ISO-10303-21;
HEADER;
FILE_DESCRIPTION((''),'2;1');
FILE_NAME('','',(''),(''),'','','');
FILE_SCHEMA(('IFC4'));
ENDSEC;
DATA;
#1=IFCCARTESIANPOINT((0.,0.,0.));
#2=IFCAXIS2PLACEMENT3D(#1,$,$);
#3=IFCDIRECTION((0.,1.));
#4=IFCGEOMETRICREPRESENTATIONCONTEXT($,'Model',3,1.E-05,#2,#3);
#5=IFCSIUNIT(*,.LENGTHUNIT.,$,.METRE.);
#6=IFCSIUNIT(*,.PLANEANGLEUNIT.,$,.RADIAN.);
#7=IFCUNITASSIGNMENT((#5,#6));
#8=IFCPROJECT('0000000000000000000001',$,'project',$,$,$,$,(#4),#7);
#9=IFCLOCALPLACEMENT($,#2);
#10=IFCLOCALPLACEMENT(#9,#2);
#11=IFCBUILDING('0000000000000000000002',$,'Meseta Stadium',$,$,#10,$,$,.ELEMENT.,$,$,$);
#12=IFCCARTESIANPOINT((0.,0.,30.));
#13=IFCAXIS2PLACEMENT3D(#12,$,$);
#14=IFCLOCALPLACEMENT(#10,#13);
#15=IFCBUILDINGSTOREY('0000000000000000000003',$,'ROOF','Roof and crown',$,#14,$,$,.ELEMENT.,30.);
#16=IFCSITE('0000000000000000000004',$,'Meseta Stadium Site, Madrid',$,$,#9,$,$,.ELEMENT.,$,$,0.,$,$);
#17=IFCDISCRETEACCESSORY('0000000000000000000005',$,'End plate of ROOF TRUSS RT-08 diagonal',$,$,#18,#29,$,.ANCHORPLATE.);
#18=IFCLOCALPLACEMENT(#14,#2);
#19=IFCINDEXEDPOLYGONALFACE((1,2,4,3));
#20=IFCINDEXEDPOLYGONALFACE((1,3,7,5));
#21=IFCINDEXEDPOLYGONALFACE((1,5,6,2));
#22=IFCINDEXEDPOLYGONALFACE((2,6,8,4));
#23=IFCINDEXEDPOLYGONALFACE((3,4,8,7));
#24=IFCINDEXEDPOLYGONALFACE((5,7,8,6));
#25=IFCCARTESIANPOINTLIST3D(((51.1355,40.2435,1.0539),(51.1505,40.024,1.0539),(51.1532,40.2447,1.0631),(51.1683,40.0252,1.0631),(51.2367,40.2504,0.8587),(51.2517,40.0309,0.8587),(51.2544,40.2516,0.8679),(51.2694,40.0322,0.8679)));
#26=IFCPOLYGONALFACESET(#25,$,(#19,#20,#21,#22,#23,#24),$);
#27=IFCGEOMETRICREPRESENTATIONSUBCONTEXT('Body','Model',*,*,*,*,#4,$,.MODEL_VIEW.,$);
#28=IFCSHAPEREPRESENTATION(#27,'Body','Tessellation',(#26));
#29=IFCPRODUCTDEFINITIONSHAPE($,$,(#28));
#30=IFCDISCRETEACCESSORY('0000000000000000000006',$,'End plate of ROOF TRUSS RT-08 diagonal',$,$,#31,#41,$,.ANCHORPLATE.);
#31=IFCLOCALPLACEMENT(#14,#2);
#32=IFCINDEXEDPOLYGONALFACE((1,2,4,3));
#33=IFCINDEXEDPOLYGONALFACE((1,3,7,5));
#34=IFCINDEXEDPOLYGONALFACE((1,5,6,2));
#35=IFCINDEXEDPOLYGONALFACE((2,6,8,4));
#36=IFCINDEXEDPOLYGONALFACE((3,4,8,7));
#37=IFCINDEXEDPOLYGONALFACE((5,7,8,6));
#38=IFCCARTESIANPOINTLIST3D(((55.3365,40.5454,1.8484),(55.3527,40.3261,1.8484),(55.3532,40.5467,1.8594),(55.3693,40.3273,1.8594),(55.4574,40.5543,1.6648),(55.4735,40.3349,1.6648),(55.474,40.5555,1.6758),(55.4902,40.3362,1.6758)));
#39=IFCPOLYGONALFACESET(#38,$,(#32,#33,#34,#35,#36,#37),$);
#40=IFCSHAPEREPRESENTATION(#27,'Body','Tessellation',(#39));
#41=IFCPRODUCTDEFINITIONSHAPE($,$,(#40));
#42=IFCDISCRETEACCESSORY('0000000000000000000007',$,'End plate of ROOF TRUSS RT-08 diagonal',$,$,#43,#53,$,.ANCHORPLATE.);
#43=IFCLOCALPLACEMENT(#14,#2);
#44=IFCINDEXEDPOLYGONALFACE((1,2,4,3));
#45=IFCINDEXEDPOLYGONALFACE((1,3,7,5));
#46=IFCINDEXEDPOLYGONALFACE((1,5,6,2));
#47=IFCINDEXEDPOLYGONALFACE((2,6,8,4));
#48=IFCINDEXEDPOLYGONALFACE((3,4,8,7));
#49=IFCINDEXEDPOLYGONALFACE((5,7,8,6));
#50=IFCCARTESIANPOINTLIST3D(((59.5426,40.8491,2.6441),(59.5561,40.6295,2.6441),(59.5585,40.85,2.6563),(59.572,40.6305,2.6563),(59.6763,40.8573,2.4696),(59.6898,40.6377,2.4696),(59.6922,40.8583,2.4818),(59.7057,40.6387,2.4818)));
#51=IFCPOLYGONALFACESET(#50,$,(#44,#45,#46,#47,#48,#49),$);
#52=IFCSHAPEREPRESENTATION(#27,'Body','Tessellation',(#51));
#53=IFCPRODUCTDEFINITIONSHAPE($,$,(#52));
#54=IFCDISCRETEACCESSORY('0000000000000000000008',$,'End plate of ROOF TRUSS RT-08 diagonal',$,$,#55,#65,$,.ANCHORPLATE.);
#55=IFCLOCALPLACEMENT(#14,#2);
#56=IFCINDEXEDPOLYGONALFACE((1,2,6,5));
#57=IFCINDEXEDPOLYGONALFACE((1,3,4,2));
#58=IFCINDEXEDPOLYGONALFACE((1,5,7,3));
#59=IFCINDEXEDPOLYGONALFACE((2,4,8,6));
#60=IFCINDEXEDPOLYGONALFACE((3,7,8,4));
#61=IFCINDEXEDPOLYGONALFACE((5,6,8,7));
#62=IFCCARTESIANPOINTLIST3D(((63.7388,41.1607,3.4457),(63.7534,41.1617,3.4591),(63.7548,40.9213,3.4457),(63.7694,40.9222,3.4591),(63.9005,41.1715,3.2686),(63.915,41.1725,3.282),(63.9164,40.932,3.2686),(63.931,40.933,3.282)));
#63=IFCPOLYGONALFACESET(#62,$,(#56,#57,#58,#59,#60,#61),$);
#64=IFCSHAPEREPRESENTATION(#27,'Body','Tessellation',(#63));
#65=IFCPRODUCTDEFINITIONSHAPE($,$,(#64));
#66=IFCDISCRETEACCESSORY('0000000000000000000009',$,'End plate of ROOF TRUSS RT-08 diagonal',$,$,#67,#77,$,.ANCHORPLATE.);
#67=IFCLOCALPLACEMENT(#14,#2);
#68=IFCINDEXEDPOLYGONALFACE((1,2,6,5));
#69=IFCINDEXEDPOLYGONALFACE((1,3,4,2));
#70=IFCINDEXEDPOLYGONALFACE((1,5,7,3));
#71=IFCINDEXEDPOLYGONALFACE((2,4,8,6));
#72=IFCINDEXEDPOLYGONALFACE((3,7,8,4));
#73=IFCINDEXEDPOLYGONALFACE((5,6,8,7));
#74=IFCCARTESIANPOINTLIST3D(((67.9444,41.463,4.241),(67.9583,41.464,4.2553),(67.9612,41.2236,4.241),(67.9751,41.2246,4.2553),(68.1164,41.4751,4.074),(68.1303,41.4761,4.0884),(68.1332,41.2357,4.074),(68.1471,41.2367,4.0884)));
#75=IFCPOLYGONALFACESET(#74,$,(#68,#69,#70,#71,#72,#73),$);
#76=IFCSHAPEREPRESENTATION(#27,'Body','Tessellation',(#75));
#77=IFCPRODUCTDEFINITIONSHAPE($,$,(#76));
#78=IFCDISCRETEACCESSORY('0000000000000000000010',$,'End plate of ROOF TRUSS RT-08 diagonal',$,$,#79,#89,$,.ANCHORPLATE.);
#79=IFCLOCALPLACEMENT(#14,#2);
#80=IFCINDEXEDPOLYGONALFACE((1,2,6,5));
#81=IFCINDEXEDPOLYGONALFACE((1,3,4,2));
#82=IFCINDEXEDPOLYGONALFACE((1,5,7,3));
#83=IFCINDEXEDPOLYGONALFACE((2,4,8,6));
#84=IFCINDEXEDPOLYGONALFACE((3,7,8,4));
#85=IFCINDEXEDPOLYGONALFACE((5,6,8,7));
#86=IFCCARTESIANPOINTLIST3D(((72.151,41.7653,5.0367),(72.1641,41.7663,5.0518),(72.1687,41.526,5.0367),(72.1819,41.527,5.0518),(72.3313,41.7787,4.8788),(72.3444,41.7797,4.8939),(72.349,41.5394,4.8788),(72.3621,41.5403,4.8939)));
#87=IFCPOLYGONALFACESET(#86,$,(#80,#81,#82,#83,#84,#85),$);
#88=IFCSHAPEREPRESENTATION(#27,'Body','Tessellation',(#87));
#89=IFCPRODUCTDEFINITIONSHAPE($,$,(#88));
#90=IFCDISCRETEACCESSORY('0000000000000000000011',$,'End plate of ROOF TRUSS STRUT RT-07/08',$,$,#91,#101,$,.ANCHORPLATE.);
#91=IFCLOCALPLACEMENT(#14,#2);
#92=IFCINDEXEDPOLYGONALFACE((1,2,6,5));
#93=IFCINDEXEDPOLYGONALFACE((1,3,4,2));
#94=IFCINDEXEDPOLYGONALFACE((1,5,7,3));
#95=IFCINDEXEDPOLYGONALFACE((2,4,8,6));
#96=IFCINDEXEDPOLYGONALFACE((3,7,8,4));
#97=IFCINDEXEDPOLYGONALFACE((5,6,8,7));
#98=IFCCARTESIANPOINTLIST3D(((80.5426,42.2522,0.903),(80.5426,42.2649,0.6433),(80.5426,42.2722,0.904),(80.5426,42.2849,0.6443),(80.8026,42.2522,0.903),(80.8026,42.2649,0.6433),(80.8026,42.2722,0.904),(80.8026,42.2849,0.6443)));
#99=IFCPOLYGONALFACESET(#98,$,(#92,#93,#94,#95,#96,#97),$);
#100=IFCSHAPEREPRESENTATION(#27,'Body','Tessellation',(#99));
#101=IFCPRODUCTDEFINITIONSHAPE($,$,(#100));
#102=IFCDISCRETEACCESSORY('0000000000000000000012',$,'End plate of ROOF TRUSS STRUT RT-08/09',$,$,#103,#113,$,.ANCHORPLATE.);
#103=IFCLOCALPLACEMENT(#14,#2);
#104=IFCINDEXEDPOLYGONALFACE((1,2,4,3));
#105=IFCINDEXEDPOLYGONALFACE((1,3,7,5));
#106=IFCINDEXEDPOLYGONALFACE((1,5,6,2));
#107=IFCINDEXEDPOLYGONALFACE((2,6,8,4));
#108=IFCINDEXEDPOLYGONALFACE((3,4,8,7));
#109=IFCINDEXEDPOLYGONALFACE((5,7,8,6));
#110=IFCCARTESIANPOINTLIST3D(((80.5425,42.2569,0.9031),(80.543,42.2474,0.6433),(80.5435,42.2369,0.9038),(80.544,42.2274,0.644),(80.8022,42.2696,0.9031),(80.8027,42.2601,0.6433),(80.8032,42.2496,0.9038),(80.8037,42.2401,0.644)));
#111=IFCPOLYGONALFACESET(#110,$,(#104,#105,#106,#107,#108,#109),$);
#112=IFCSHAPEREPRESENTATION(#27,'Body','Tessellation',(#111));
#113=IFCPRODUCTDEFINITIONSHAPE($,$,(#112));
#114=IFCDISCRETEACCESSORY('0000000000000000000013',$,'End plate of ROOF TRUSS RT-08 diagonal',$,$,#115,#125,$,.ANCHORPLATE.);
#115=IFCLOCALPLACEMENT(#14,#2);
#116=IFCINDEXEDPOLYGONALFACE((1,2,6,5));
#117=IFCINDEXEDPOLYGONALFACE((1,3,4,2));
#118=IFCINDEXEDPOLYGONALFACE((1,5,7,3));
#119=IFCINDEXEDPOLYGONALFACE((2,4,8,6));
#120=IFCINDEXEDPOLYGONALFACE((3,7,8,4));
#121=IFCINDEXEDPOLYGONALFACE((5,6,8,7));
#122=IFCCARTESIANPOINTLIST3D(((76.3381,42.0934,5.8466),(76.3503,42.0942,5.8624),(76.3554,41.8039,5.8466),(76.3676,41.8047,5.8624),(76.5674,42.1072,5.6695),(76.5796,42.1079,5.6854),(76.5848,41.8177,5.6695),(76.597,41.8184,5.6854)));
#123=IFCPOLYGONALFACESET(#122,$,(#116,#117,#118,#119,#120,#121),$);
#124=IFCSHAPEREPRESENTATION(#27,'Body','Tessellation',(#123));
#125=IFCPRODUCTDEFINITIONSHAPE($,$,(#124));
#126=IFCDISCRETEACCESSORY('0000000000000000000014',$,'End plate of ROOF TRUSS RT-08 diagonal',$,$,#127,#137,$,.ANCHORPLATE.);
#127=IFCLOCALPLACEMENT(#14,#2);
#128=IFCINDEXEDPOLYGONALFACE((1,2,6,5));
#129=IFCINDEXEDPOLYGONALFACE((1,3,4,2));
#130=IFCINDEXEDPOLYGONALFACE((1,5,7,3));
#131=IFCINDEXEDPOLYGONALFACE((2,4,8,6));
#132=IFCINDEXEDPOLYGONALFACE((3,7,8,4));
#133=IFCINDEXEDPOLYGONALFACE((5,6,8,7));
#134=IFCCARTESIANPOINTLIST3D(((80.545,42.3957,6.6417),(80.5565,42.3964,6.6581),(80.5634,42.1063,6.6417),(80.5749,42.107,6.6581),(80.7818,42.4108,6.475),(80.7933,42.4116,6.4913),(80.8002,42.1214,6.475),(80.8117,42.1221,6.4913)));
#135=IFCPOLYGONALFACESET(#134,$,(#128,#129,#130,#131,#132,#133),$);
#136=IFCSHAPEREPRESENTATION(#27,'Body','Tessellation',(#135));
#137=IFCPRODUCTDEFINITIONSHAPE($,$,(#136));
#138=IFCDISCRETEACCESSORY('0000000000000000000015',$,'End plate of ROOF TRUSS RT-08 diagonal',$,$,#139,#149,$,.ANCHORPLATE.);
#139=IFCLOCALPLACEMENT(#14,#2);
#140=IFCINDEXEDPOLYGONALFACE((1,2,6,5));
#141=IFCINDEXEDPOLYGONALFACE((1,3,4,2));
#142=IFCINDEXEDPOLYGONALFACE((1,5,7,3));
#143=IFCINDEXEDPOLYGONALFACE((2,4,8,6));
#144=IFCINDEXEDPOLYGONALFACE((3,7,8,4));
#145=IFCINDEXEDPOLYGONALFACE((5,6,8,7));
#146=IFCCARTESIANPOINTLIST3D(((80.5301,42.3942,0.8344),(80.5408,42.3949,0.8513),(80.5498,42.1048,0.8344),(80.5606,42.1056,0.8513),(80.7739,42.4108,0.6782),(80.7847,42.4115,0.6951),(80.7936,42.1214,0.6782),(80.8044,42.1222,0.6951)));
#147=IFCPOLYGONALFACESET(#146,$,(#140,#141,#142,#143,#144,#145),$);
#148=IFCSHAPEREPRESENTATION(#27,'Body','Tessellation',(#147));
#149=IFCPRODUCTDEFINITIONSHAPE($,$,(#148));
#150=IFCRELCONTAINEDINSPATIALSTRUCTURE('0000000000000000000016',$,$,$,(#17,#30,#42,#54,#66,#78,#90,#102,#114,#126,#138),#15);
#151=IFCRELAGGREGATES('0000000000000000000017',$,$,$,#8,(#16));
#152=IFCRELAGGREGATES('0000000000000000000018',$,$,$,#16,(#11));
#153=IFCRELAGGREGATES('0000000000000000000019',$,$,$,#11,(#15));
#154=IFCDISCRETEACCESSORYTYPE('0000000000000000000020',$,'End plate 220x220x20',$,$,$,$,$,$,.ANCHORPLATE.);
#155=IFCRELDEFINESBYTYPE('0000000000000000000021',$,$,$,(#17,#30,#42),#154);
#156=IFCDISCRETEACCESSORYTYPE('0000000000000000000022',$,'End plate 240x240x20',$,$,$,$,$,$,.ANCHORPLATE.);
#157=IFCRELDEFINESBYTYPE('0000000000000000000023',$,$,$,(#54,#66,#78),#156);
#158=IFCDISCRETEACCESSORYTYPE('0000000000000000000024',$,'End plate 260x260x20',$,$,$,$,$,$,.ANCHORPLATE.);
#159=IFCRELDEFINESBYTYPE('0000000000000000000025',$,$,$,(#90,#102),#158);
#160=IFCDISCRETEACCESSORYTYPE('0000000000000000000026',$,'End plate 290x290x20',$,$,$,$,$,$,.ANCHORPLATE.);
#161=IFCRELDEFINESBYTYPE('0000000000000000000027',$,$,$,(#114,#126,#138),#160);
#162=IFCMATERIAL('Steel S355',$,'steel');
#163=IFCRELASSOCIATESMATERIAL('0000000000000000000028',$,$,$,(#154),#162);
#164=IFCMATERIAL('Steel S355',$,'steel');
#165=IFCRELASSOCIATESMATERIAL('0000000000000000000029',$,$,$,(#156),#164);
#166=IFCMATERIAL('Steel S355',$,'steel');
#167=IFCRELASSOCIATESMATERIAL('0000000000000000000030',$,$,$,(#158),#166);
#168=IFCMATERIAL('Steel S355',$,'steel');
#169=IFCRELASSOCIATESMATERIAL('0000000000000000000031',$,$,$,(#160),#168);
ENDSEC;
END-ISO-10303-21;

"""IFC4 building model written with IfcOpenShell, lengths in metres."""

from ifc_helpers import new_model, si_unit, direction, frame, origin, origin_2d, place, context, subcontext, project, spatial, rectangle, extrude, material, material_profile, profile_set, type_object, element, save


model = new_model("IFC4")

# Units and contexts
model_context = context("Model", 3, precision=1e-05, world=origin(), true_north=direction((0.0, 1.0)))
body_context = subcontext(model_context, "Body", "Model", "MODEL_VIEW")
ifc_project = project(units=[si_unit("LENGTHUNIT", "METRE"), si_unit("PLANEANGLEUNIT", "RADIAN")], contexts=[model_context])

# Site, building, storey
site_placement = place(None, origin())
site = spatial("IfcSite", under=ifc_project, at=site_placement, Name="Meseta Stadium Site, Madrid", CompositionType="ELEMENT", RefElevation=0.0)
building_placement = place(site_placement, origin())
building = spatial("IfcBuilding", under=site, at=building_placement, Name="Meseta Stadium", CompositionType="ELEMENT")
storey_placement = place(building_placement, frame((0.0, 0.0, 30.0)))
storey = spatial("IfcBuildingStorey", under=building, at=storey_placement, Name="ROOF", Description="Roof and crown", CompositionType="ELEMENT", Elevation=30.0)

# Discrete accessories
ifc_material_1 = material(Name="Steel S355", Category="steel")
ifc_material_profile_1 = material_profile(ifc_material_1, rectangle(XDim=0.22, YDim=0.22, at=origin_2d()), Name="PL 220x220")
ifc_profile_set_1 = profile_set([ifc_material_profile_1], Name="Steel S355")
discrete_accessory_type_1 = type_object("IfcDiscreteAccessoryType", Name="End plate 220x220x20", PredefinedType="ANCHORPLATE", material=ifc_profile_set_1)
for number, where, z_axis, x_axis, name in (
    (1, (51.1936, 40.1372, 0.9563), (0.885385, 0.060643, 0.460885), (-0.068333, 0.997663, 0.0), "End plate of ROOF TRUSS RT-08 diagonal"),
    (2, (55.405, 40.4402, 1.7566), (0.832369, 0.061204, 0.550832), (-0.073331, 0.997308, 0.0), "End plate of ROOF TRUSS RT-08 diagonal"),
    (3, (59.6162, 40.7434, 2.5569), (0.791683, 0.048719, 0.608987), (-0.061422, 0.998112, 0.0), "End plate of ROOF TRUSS RT-08 diagonal"),
):
    element("IfcDiscreteAccessory", number, at=place(storey_placement, frame(where, z_axis=z_axis, x_axis=x_axis)), inside=storey, type_object=discrete_accessory_type_1, Name=name, PredefinedType="ANCHORPLATE", context=body_context, shape_type="SweptSolid", body=[
        extrude(rectangle(XDim=0.22, YDim=0.22, at=origin_2d()), origin(), (0.0, 0.0, 1.0), 0.02),
    ])
ifc_material_2 = material(Name="Steel S355", Category="steel")
ifc_material_profile_2 = material_profile(ifc_material_2, rectangle(XDim=0.24, YDim=0.24, at=origin_2d()), Name="PL 240x240")
ifc_profile_set_2 = profile_set([ifc_material_profile_2], Name="Steel S355")
discrete_accessory_type_2 = type_object("IfcDiscreteAccessoryType", Name="End plate 240x240x20", PredefinedType="ANCHORPLATE", material=ifc_profile_set_2)
discrete_accessory_1_placement = place(storey_placement, frame((63.8276, 41.0464, 3.3572), z_axis=(0.736266, 0.049084, 0.67491), x_axis=(-0.066519, 0.997785, 0.0)))
element("IfcDiscreteAccessory", 4, at=discrete_accessory_1_placement, inside=storey, type_object=discrete_accessory_type_2, Name="End plate of ROOF TRUSS RT-08 diagonal", PredefinedType="ANCHORPLATE", context=body_context, shape_type="SweptSolid", body=[
    extrude(rectangle(XDim=0.24, YDim=0.24, at=origin_2d()), origin(), (0.0, 0.0, 1.0), 0.0198),
])
for number, where, z_axis, x_axis, name in (
    (5, (68.0388, 41.3494, 4.1575), (0.693988, 0.048701, 0.718338), (-0.070003, 0.997547, 0.0), "End plate of ROOF TRUSS RT-08 diagonal"),
    (6, (72.25, 41.6523, 4.9578), (0.656005, 0.048593, 0.753191), (-0.073872, 0.997268, 0.0), "End plate of ROOF TRUSS RT-08 diagonal"),
):
    element("IfcDiscreteAccessory", number, at=place(storey_placement, frame(where, z_axis=z_axis, x_axis=x_axis)), inside=storey, type_object=discrete_accessory_type_2, Name=name, PredefinedType="ANCHORPLATE", context=body_context, shape_type="SweptSolid", body=[
        extrude(rectangle(XDim=0.24, YDim=0.24, at=origin_2d()), origin(), (0.0, 0.0, 1.0), 0.02),
    ])
ifc_material_3 = material(Name="Steel S355", Category="steel")
ifc_material_profile_3 = material_profile(ifc_material_3, rectangle(XDim=0.26, YDim=0.26, at=origin_2d()), Name="PL 260x260")
ifc_profile_set_3 = profile_set([ifc_material_profile_3], Name="Steel S355")
discrete_accessory_type_3 = type_object("IfcDiscreteAccessoryType", Name="End plate 260x260x20", PredefinedType="ANCHORPLATE", material=ifc_profile_set_3)
for number, where, z_axis, x_axis, name in (
    (7, (80.6726, 42.2585, 0.7732), (0.0, 0.998812, 0.048723), (-1.0, 0.0, 0.0), "End plate of ROOF TRUSS STRUT RT-07/08"),
    (8, (80.6736, 42.2385, 0.7739), (-0.04869, 0.998146, -0.036518), (-0.998812, -0.048723, 0.0), "End plate of ROOF TRUSS STRUT RT-08/09"),
):
    element("IfcDiscreteAccessory", number, at=place(storey_placement, frame(where, z_axis=z_axis, x_axis=x_axis)), inside=storey, type_object=discrete_accessory_type_3, Name=name, PredefinedType="ANCHORPLATE", context=body_context, shape_type="SweptSolid", body=[
        extrude(rectangle(XDim=0.26, YDim=0.26, at=origin_2d()), origin(), (0.0, 0.0, 1.0), 0.02),
    ])
ifc_material_4 = material(Name="Steel S355", Category="steel")
ifc_material_profile_4 = material_profile(ifc_material_4, rectangle(XDim=0.29, YDim=0.29, at=origin_2d()), Name="PL 290x290")
ifc_profile_set_4 = profile_set([ifc_material_profile_4], Name="Steel S355")
discrete_accessory_type_4 = type_object("IfcDiscreteAccessoryType", Name="End plate 290x290x20", PredefinedType="ANCHORPLATE", material=ifc_profile_set_4)
for number, where, z_axis, x_axis, name in (
    (9, (76.4614, 41.9556, 5.7581), (0.609303, 0.036558, 0.792094), (-0.059892, 0.998205, 0.0), "End plate of ROOF TRUSS RT-08 diagonal"),
    (10, (80.6726, 42.2585, 6.5583), (0.573897, 0.036632, 0.818108), (-0.0637, 0.997969, 0.0), "End plate of ROOF TRUSS RT-08 diagonal"),
    (11, (80.6619, 42.2578, 0.7563), (0.537305, 0.036634, 0.842592), (-0.068024, 0.997684, 0.0), "End plate of ROOF TRUSS RT-08 diagonal"),
):
    element("IfcDiscreteAccessory", number, at=place(storey_placement, frame(where, z_axis=z_axis, x_axis=x_axis)), inside=storey, type_object=discrete_accessory_type_4, Name=name, PredefinedType="ANCHORPLATE", context=body_context, shape_type="SweptSolid", body=[
        extrude(rectangle(XDim=0.29, YDim=0.29, at=origin_2d()), origin(), (0.0, 0.0, 1.0), 0.02),
    ])

save(model, "model.ifc")
